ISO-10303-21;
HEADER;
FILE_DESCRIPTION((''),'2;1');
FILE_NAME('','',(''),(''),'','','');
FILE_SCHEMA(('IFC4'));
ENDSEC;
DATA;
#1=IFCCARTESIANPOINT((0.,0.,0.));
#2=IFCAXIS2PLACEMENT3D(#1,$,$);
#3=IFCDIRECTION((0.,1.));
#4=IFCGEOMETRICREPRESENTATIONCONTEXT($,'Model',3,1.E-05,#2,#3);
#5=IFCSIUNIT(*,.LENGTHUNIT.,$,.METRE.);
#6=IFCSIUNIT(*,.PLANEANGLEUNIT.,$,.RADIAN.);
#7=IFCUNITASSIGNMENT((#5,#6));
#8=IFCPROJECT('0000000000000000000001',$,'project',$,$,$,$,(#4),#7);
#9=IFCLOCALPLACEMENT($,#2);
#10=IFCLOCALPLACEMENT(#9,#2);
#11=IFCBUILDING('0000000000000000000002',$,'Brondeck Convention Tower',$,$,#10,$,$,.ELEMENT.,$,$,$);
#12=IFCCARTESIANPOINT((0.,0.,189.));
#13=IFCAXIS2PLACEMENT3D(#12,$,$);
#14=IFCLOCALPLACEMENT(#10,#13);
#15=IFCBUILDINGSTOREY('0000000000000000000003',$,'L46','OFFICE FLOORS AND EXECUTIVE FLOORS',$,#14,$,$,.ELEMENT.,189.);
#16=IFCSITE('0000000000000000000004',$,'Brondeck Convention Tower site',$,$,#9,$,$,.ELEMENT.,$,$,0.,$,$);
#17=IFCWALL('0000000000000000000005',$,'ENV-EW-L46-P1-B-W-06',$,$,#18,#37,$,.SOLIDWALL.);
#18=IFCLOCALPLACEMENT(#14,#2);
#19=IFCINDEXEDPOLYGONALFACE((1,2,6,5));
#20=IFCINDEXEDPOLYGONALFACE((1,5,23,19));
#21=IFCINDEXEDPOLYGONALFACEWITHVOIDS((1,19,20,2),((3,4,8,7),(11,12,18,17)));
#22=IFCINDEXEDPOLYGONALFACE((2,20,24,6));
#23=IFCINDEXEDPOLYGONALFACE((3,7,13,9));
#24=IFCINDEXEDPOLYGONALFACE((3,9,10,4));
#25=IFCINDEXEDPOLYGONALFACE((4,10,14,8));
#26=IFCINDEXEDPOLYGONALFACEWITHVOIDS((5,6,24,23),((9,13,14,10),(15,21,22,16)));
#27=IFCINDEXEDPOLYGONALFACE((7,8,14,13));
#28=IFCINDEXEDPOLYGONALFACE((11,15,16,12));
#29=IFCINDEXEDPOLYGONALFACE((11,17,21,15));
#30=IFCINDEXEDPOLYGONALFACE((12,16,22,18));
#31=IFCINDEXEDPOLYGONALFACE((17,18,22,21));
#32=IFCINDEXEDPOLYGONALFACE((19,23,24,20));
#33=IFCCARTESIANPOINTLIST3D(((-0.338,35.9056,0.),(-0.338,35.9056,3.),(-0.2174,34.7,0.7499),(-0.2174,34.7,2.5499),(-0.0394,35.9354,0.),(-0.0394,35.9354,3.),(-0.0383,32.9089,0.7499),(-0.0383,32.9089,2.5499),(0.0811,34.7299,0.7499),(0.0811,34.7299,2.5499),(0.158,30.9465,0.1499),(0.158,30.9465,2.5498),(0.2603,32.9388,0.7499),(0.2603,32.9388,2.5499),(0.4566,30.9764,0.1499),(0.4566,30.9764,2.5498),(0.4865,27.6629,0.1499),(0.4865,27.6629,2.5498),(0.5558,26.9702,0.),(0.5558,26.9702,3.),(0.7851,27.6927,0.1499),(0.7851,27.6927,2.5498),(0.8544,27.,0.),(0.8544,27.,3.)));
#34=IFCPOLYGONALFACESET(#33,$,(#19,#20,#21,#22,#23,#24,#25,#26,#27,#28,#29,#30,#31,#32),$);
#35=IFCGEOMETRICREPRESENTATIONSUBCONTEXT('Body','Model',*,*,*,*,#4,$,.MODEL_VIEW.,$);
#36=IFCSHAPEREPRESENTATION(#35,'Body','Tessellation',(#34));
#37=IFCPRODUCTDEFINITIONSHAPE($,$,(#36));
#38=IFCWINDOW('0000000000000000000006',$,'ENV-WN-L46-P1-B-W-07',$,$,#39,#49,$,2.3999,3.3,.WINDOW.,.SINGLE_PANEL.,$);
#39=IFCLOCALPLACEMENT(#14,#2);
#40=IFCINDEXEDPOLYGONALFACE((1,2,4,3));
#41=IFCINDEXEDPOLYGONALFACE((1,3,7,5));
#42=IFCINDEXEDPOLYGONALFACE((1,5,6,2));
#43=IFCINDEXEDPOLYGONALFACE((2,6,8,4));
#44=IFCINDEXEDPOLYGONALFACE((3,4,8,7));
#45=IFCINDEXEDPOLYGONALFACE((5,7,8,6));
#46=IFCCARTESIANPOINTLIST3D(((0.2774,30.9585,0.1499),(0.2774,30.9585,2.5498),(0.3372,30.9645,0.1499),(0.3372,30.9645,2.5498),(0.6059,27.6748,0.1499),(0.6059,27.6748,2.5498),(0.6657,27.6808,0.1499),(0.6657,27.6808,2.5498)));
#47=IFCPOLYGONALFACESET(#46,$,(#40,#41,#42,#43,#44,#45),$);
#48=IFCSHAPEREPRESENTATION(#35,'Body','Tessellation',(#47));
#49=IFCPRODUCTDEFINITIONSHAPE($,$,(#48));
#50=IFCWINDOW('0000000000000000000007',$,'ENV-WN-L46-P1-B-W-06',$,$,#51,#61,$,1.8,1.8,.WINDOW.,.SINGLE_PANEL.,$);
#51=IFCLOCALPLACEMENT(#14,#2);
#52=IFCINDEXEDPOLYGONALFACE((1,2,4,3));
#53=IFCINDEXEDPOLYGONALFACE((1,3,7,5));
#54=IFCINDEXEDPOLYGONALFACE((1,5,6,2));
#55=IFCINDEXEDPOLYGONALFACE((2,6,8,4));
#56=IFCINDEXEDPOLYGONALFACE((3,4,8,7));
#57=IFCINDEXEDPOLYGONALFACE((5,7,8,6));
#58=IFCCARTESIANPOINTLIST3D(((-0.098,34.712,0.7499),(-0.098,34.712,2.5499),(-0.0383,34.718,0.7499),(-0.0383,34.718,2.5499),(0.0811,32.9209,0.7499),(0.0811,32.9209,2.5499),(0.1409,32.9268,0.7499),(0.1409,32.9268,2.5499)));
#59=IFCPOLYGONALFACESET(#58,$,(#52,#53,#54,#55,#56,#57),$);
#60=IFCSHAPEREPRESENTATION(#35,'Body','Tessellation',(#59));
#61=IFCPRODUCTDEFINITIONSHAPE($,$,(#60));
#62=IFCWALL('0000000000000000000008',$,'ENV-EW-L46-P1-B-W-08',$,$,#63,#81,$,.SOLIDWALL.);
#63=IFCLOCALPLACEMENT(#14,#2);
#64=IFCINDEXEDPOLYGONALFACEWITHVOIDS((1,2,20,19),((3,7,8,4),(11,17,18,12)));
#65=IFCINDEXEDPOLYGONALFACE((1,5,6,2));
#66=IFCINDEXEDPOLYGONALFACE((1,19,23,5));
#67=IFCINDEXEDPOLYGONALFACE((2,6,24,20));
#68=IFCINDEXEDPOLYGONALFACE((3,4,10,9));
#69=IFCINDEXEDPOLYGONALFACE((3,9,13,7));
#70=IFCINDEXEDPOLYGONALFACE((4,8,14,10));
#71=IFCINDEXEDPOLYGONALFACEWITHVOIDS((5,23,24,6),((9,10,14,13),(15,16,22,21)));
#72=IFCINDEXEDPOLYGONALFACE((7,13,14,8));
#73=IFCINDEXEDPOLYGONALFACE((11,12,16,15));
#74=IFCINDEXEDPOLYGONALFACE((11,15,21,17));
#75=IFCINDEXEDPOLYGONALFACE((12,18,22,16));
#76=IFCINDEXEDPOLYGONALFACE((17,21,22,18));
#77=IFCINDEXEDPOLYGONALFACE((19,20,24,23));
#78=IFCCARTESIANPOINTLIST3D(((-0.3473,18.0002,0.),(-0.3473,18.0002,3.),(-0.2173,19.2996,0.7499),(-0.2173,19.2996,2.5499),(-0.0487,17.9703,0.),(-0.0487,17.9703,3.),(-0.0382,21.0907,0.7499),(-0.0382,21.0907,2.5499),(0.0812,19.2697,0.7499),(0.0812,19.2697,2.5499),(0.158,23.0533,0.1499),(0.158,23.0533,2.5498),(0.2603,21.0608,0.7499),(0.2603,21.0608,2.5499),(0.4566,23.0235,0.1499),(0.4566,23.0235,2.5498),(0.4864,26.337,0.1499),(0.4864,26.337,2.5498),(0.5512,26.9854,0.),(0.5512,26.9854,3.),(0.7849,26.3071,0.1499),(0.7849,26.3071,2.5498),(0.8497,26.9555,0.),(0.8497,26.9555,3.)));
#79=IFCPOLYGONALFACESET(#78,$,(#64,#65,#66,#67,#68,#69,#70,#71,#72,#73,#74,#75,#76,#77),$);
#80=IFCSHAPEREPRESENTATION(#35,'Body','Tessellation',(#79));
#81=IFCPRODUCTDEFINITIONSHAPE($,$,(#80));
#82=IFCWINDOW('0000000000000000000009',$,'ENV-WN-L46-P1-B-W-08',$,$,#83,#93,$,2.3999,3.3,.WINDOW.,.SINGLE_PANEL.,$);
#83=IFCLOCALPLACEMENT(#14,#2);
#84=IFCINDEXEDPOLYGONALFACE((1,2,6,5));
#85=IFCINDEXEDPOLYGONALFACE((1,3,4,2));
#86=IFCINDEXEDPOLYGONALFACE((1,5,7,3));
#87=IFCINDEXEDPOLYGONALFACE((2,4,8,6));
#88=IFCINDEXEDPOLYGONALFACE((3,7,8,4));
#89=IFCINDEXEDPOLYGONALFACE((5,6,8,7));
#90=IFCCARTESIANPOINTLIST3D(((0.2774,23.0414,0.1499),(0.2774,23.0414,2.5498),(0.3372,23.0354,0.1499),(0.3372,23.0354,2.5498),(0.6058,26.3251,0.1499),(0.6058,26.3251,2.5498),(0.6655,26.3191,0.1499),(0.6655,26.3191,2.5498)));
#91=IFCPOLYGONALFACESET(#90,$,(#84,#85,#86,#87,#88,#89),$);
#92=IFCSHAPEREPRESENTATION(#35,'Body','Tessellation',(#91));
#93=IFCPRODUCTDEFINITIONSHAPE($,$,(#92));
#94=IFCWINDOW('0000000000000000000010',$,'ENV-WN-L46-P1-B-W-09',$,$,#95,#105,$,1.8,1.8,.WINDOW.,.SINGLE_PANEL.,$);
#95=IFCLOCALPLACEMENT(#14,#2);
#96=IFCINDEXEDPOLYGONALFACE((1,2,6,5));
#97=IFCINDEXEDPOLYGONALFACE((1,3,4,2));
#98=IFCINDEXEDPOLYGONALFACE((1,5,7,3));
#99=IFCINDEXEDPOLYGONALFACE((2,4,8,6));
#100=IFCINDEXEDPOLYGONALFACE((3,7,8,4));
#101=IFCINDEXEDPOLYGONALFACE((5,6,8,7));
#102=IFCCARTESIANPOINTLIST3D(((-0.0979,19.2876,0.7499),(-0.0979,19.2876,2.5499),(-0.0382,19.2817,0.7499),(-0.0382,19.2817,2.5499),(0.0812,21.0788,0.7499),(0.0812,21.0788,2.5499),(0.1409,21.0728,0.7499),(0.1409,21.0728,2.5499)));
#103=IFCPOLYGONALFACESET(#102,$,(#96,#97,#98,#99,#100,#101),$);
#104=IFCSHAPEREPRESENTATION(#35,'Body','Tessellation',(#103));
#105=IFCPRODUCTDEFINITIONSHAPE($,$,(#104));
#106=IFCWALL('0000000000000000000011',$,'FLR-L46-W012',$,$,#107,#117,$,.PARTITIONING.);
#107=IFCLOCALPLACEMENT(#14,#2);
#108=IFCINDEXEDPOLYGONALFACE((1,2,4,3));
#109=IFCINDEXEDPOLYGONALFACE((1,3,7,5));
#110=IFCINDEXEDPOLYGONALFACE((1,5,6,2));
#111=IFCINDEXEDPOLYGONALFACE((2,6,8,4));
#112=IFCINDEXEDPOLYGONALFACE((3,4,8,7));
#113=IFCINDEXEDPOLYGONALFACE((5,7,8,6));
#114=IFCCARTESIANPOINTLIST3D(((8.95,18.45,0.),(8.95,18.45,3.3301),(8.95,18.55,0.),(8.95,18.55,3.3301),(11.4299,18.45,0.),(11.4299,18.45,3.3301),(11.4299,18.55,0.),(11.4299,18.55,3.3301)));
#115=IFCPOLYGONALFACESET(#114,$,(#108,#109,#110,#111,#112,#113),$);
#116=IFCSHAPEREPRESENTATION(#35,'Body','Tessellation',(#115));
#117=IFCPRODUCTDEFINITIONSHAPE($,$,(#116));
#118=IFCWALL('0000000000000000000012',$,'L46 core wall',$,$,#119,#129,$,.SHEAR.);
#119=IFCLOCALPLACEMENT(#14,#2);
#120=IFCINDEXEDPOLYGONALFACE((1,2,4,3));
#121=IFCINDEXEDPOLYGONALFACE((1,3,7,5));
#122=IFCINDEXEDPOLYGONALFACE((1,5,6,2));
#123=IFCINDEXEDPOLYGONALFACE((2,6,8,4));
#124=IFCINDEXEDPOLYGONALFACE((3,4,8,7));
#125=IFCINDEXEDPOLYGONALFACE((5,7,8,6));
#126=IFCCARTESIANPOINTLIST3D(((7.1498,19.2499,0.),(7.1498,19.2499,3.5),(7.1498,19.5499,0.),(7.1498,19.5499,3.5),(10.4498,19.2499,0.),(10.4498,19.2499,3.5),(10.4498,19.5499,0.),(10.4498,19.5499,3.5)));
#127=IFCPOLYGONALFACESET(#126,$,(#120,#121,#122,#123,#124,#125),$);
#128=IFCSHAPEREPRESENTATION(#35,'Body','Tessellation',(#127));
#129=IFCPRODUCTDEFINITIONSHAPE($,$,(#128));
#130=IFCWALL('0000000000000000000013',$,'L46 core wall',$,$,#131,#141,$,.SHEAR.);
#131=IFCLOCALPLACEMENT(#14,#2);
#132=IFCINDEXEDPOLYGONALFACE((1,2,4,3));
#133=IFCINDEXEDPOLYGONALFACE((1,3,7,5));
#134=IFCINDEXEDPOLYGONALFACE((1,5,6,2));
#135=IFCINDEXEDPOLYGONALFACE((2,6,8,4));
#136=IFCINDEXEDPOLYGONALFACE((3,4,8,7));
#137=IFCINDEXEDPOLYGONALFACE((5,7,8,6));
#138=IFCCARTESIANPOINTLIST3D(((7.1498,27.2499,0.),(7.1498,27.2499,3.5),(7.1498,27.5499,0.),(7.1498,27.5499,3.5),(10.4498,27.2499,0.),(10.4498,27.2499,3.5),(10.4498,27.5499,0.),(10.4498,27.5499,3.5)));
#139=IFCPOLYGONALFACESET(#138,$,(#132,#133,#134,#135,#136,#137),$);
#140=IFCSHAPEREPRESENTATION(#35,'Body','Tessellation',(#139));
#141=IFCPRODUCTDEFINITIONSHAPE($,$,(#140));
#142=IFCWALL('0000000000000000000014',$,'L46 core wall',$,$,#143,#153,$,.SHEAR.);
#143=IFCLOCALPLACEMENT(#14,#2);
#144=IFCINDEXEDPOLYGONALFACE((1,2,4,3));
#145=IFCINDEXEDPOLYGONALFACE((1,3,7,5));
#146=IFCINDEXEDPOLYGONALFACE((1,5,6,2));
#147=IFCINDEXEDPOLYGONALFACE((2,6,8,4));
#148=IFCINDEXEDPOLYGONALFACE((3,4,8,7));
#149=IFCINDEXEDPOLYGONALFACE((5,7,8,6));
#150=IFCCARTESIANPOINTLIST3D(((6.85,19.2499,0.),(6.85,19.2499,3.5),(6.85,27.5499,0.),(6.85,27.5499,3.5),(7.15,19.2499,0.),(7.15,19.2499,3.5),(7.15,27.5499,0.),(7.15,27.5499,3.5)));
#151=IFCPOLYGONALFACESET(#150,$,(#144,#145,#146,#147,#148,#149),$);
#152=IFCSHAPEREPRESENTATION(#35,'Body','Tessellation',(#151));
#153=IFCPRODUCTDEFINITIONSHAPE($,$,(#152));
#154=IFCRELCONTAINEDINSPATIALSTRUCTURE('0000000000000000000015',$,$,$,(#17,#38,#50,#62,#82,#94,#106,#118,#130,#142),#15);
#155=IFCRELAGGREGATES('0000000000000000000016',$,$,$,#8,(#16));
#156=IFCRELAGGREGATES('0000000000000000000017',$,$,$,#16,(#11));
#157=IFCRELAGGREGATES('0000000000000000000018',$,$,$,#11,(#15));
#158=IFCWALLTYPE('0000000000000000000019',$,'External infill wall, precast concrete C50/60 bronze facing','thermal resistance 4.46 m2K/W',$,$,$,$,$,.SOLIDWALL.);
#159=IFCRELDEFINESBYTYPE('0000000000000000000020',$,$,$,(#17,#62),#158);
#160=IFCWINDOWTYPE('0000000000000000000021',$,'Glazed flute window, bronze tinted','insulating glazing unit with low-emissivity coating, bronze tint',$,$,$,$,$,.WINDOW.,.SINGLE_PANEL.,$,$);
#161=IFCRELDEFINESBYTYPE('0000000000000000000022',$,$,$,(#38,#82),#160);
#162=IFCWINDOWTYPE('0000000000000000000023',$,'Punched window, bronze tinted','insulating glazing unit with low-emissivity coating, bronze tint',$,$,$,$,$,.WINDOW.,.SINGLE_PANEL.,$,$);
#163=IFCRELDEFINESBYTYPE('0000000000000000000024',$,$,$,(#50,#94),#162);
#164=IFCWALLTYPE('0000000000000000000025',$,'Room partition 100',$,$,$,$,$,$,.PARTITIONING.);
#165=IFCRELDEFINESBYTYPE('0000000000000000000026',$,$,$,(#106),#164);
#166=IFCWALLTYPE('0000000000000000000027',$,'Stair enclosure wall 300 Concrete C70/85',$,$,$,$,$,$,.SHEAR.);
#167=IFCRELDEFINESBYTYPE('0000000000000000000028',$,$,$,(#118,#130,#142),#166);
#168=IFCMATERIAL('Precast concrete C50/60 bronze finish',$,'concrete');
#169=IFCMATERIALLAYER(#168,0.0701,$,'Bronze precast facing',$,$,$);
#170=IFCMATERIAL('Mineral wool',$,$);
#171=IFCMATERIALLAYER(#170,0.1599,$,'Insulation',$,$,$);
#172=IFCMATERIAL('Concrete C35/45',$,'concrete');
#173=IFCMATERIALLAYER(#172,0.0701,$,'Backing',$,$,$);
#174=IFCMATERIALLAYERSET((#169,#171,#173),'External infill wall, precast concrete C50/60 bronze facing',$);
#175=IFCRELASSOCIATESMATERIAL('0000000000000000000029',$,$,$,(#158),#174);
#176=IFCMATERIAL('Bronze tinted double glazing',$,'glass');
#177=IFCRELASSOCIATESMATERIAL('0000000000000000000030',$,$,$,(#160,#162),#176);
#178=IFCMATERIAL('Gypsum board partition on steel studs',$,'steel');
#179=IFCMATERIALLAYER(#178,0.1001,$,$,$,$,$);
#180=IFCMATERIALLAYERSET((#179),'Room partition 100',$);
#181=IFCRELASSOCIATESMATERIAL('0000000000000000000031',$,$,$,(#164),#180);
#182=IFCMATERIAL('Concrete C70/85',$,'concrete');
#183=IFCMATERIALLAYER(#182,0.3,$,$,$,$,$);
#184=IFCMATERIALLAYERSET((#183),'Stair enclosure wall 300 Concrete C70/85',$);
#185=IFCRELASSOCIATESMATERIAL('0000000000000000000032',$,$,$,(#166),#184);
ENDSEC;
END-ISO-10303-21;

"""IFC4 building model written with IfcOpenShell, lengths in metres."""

from ifc_helpers import new_model, si_unit, direction, frame, frame_2d, origin, place, context, subcontext, project, spatial, rectangle, extrude, material, layer, layer_set, type_object, element, fill, save


model = new_model("IFC4")

# Units and contexts
model_context = context("Model", 3, precision=1e-05, world=origin(), true_north=direction((0.0, 1.0)))
body_context = subcontext(model_context, "Body", "Model", "MODEL_VIEW")
ifc_project = project(units=[si_unit("LENGTHUNIT", "METRE"), si_unit("PLANEANGLEUNIT", "RADIAN")], contexts=[model_context])

# Site, building, storey
site_placement = place(None, origin())
site = spatial("IfcSite", under=ifc_project, at=site_placement, Name="Brondeck Convention Tower site", CompositionType="ELEMENT", RefElevation=0.0)
building_placement = place(site_placement, origin())
building = spatial("IfcBuilding", under=site, at=building_placement, Name="Brondeck Convention Tower", CompositionType="ELEMENT")
storey_placement = place(building_placement, frame((0.0, 0.0, 189.0)))
storey = spatial("IfcBuildingStorey", under=building, at=storey_placement, Name="L46", Description="OFFICE FLOORS AND EXECUTIVE FLOORS", CompositionType="ELEMENT", Elevation=189.0)

# Shared definitions
ifc_material_1 = material(Name="Concrete C70/85", Category="concrete")

# Walls, openings, windows
ifc_material_2 = material(Name="Precast concrete C50/60 bronze finish", Category="concrete")
ifc_layer_1 = layer(ifc_material_2, 0.0701, Name="Bronze precast facing")
ifc_material_3 = material(Name="Mineral wool")
ifc_layer_2 = layer(ifc_material_3, 0.1599, Name="Insulation")
ifc_material_4 = material(Name="Concrete C35/45", Category="concrete")
ifc_layer_3 = layer(ifc_material_4, 0.0701, Name="Backing")
ifc_layer_set_1 = layer_set([ifc_layer_1, ifc_layer_2, ifc_layer_3], Name="External infill wall, precast concrete C50/60 bronze facing")
wall_type_1 = type_object("IfcWallType", Name="External infill wall, precast concrete C50/60 bronze facing", Description="thermal resistance 4.46 m2K/W", PredefinedType="SOLIDWALL", material=ifc_layer_set_1)
wall_1_placement = place(storey_placement, frame((0.7051, 26.9851, 0.0), z_axis=(0.0, 0.0, 1.0), x_axis=(-0.099533, 0.995034, 0.0)))
wall_1 = element("IfcWall", 1, at=wall_1_placement, inside=storey, type_object=wall_type_1, Name="ENV-EW-L46-P1-B-W-06", PredefinedType="SOLIDWALL", context=body_context, shape_type="SweptSolid", body=[
    extrude(rectangle(XDim=8.98, YDim=0.3, at=frame_2d((4.49, 0.0))), origin(), (0.0, 0.0, 1.0), 3.0),
])
opening_1_placement = place(wall_1_placement, frame((0.6963, 0.0, 0.1499)))
opening_1 = element("IfcOpeningElement", 2, at=opening_1_placement, cuts=wall_1, PredefinedType="OPENING", context=body_context, shape_type="SweptSolid", body=[
    extrude(rectangle(XDim=3.3, YDim=2.3999, at=frame_2d((1.6499, 1.2))), frame((0.0, 0.1599, 0.0), z_axis=(0.0, -1.0, 0.0), x_axis=(1.0, 0.0, 0.0)), (0.0, 0.0, 1.0), 0.3201),
])
opening_2_placement = place(wall_1_placement, frame((5.9685, 0.0, 0.75)))
opening_2 = element("IfcOpeningElement", 3, at=opening_2_placement, cuts=wall_1, PredefinedType="OPENING", context=body_context, shape_type="SweptSolid", body=[
    extrude(rectangle(XDim=1.8, YDim=1.8, at=frame_2d((0.8999, 0.8999))), frame((0.0, 0.1599, 0.0), z_axis=(0.0, -1.0, 0.0), x_axis=(1.0, 0.0, 0.0)), (0.0, 0.0, 1.0), 0.3201),
])
ifc_material_5 = material(Name="Bronze tinted double glazing", Category="glass")
window_type_1 = type_object("IfcWindowType", Name="Glazed flute window, bronze tinted", Description="insulating glazing unit with low-emissivity coating, bronze tint", PartitioningType="SINGLE_PANEL", PredefinedType="WINDOW", material=ifc_material_5)
window_1_placement = place(opening_1_placement, origin())
window_1 = element("IfcWindow", 4, at=window_1_placement, inside=storey, type_object=window_type_1, Name="ENV-WN-L46-P1-B-W-07", OverallHeight=2.3999, OverallWidth=3.3, PartitioningType="SINGLE_PANEL", PredefinedType="WINDOW", context=body_context, shape_type="SweptSolid", body=[
    extrude(rectangle(XDim=3.3, YDim=2.3999, at=frame_2d((1.6499, 1.2))), frame((0.0, 0.03, 0.0), z_axis=(0.0, -1.0, 0.0), x_axis=(1.0, 0.0, 0.0)), (0.0, 0.0, 1.0), 0.0601),
])
fill(opening_1, window_1)
window_type_2 = type_object("IfcWindowType", Name="Punched window, bronze tinted", Description="insulating glazing unit with low-emissivity coating, bronze tint", PartitioningType="SINGLE_PANEL", PredefinedType="WINDOW", material=ifc_material_5)
window_2_placement = place(opening_2_placement, origin())
window_2 = element("IfcWindow", 5, at=window_2_placement, inside=storey, type_object=window_type_2, Name="ENV-WN-L46-P1-B-W-06", OverallHeight=1.8, OverallWidth=1.8, PartitioningType="SINGLE_PANEL", PredefinedType="WINDOW", context=body_context, shape_type="SweptSolid", body=[
    extrude(rectangle(XDim=1.8, YDim=1.8, at=frame_2d((0.8999, 0.8999))), frame((0.0, 0.03, 0.0), z_axis=(0.0, -1.0, 0.0), x_axis=(1.0, 0.0, 0.0)), (0.0, 0.0, 1.0), 0.0601),
])
fill(opening_2, window_2)
wall_2_placement = place(storey_placement, frame((-0.198, 17.9851, 0.0), z_axis=(0.0, 0.0, 1.0), x_axis=(0.099496, 0.995038, 0.0)))
wall_2 = element("IfcWall", 6, at=wall_2_placement, inside=storey, type_object=wall_type_1, Name="ENV-EW-L46-P1-B-W-08", PredefinedType="SOLIDWALL", context=body_context, shape_type="SweptSolid", body=[
    extrude(rectangle(XDim=9.03, YDim=0.3, at=frame_2d((4.5151, 0.0))), origin(), (0.0, 0.0, 1.0), 3.0),
])
opening_3_placement = place(wall_2_placement, frame((1.3062, 0.0, 0.75)))
opening_3 = element("IfcOpeningElement", 7, at=opening_3_placement, cuts=wall_2, PredefinedType="OPENING", context=body_context, shape_type="SweptSolid", body=[
    extrude(rectangle(XDim=1.8, YDim=1.8, at=frame_2d((0.8999, 0.8999))), frame((0.0, 0.1599, 0.0), z_axis=(0.0, -1.0, 0.0), x_axis=(1.0, 0.0, 0.0)), (0.0, 0.0, 1.0), 0.3201),
])
opening_4_placement = place(wall_2_placement, frame((5.0786, 0.0, 0.1499)))
opening_4 = element("IfcOpeningElement", 8, at=opening_4_placement, cuts=wall_2, PredefinedType="OPENING", context=body_context, shape_type="SweptSolid", body=[
    extrude(rectangle(XDim=3.3, YDim=2.3999, at=frame_2d((1.6499, 1.2))), frame((0.0, 0.1599, 0.0), z_axis=(0.0, -1.0, 0.0), x_axis=(1.0, 0.0, 0.0)), (0.0, 0.0, 1.0), 0.3201),
])
window_3_placement = place(opening_4_placement, origin())
window_3 = element("IfcWindow", 9, at=window_3_placement, inside=storey, type_object=window_type_1, Name="ENV-WN-L46-P1-B-W-08", OverallHeight=2.3999, OverallWidth=3.3, PartitioningType="SINGLE_PANEL", PredefinedType="WINDOW", context=body_context, shape_type="SweptSolid", body=[
    extrude(rectangle(XDim=3.3, YDim=2.3999, at=frame_2d((1.6499, 1.2))), frame((0.0, 0.03, 0.0), z_axis=(0.0, -1.0, 0.0), x_axis=(1.0, 0.0, 0.0)), (0.0, 0.0, 1.0), 0.0601),
])
fill(opening_4, window_3)
window_4_placement = place(opening_3_placement, origin())
window_4 = element("IfcWindow", 10, at=window_4_placement, inside=storey, type_object=window_type_2, Name="ENV-WN-L46-P1-B-W-09", OverallHeight=1.8, OverallWidth=1.8, PartitioningType="SINGLE_PANEL", PredefinedType="WINDOW", context=body_context, shape_type="SweptSolid", body=[
    extrude(rectangle(XDim=1.8, YDim=1.8, at=frame_2d((0.8999, 0.8999))), frame((0.0, 0.03, 0.0), z_axis=(0.0, -1.0, 0.0), x_axis=(1.0, 0.0, 0.0)), (0.0, 0.0, 1.0), 0.0601),
])
fill(opening_3, window_4)

# Walls
ifc_material_6 = material(Name="Gypsum board partition on steel studs", Category="steel")
ifc_layer_4 = layer(ifc_material_6, 0.1001)
ifc_layer_set_2 = layer_set([ifc_layer_4], Name="Room partition 100")
wall_type_2 = type_object("IfcWallType", Name="Room partition 100", PredefinedType="PARTITIONING", material=ifc_layer_set_2)
wall_3_placement = place(storey_placement, frame((8.95, 18.5, 0.0), z_axis=(0.0, 0.0, 1.0), x_axis=(1.0, 0.0, 0.0)))
element("IfcWall", 11, at=wall_3_placement, inside=storey, type_object=wall_type_2, Name="FLR-L46-W012", PredefinedType="PARTITIONING", context=body_context, shape_type="SweptSolid", body=[
    extrude(rectangle(XDim=2.48, YDim=0.1001, at=frame_2d((1.24, 0.0))), origin(), (0.0, 0.0, 1.0), 3.3301),
])
ifc_layer_5 = layer(ifc_material_1, 0.3)
ifc_layer_set_3 = layer_set([ifc_layer_5], Name="Stair enclosure wall 300 Concrete C70/85")
wall_type_3 = type_object("IfcWallType", Name="Stair enclosure wall 300 Concrete C70/85", PredefinedType="SHEAR", material=ifc_layer_set_3)
for number, where, z_axis, x_axis, name in (
    (12, (7.1499, 19.3999, 0.0), (0.0, 0.0, 1.0), (1.0, 0.0, 0.0), "L46 core wall"),
    (13, (7.1499, 27.3999, 0.0), (0.0, 0.0, 1.0), (1.0, 0.0, 0.0), "L46 core wall"),
):
    element("IfcWall", number, at=place(storey_placement, frame(where, z_axis=z_axis, x_axis=x_axis)), inside=storey, type_object=wall_type_3, Name=name, PredefinedType="SHEAR", context=body_context, shape_type="SweptSolid", body=[
        extrude(rectangle(XDim=3.3, YDim=0.3, at=frame_2d((1.6499, 0.0))), origin(), (0.0, 0.0, 1.0), 3.5),
    ])
wall_4_placement = place(storey_placement, frame((7.0, 19.25, 0.0), z_axis=(0.0, 0.0, 1.0), x_axis=(0.0, 1.0, 0.0)))
element("IfcWall", 14, at=wall_4_placement, inside=storey, type_object=wall_type_3, Name="L46 core wall", PredefinedType="SHEAR", context=body_context, shape_type="SweptSolid", body=[
    extrude(rectangle(XDim=8.3, YDim=0.3, at=frame_2d((4.1499, 0.0))), origin(), (0.0, 0.0, 1.0), 3.5),
])

save(model, "model.ifc")
